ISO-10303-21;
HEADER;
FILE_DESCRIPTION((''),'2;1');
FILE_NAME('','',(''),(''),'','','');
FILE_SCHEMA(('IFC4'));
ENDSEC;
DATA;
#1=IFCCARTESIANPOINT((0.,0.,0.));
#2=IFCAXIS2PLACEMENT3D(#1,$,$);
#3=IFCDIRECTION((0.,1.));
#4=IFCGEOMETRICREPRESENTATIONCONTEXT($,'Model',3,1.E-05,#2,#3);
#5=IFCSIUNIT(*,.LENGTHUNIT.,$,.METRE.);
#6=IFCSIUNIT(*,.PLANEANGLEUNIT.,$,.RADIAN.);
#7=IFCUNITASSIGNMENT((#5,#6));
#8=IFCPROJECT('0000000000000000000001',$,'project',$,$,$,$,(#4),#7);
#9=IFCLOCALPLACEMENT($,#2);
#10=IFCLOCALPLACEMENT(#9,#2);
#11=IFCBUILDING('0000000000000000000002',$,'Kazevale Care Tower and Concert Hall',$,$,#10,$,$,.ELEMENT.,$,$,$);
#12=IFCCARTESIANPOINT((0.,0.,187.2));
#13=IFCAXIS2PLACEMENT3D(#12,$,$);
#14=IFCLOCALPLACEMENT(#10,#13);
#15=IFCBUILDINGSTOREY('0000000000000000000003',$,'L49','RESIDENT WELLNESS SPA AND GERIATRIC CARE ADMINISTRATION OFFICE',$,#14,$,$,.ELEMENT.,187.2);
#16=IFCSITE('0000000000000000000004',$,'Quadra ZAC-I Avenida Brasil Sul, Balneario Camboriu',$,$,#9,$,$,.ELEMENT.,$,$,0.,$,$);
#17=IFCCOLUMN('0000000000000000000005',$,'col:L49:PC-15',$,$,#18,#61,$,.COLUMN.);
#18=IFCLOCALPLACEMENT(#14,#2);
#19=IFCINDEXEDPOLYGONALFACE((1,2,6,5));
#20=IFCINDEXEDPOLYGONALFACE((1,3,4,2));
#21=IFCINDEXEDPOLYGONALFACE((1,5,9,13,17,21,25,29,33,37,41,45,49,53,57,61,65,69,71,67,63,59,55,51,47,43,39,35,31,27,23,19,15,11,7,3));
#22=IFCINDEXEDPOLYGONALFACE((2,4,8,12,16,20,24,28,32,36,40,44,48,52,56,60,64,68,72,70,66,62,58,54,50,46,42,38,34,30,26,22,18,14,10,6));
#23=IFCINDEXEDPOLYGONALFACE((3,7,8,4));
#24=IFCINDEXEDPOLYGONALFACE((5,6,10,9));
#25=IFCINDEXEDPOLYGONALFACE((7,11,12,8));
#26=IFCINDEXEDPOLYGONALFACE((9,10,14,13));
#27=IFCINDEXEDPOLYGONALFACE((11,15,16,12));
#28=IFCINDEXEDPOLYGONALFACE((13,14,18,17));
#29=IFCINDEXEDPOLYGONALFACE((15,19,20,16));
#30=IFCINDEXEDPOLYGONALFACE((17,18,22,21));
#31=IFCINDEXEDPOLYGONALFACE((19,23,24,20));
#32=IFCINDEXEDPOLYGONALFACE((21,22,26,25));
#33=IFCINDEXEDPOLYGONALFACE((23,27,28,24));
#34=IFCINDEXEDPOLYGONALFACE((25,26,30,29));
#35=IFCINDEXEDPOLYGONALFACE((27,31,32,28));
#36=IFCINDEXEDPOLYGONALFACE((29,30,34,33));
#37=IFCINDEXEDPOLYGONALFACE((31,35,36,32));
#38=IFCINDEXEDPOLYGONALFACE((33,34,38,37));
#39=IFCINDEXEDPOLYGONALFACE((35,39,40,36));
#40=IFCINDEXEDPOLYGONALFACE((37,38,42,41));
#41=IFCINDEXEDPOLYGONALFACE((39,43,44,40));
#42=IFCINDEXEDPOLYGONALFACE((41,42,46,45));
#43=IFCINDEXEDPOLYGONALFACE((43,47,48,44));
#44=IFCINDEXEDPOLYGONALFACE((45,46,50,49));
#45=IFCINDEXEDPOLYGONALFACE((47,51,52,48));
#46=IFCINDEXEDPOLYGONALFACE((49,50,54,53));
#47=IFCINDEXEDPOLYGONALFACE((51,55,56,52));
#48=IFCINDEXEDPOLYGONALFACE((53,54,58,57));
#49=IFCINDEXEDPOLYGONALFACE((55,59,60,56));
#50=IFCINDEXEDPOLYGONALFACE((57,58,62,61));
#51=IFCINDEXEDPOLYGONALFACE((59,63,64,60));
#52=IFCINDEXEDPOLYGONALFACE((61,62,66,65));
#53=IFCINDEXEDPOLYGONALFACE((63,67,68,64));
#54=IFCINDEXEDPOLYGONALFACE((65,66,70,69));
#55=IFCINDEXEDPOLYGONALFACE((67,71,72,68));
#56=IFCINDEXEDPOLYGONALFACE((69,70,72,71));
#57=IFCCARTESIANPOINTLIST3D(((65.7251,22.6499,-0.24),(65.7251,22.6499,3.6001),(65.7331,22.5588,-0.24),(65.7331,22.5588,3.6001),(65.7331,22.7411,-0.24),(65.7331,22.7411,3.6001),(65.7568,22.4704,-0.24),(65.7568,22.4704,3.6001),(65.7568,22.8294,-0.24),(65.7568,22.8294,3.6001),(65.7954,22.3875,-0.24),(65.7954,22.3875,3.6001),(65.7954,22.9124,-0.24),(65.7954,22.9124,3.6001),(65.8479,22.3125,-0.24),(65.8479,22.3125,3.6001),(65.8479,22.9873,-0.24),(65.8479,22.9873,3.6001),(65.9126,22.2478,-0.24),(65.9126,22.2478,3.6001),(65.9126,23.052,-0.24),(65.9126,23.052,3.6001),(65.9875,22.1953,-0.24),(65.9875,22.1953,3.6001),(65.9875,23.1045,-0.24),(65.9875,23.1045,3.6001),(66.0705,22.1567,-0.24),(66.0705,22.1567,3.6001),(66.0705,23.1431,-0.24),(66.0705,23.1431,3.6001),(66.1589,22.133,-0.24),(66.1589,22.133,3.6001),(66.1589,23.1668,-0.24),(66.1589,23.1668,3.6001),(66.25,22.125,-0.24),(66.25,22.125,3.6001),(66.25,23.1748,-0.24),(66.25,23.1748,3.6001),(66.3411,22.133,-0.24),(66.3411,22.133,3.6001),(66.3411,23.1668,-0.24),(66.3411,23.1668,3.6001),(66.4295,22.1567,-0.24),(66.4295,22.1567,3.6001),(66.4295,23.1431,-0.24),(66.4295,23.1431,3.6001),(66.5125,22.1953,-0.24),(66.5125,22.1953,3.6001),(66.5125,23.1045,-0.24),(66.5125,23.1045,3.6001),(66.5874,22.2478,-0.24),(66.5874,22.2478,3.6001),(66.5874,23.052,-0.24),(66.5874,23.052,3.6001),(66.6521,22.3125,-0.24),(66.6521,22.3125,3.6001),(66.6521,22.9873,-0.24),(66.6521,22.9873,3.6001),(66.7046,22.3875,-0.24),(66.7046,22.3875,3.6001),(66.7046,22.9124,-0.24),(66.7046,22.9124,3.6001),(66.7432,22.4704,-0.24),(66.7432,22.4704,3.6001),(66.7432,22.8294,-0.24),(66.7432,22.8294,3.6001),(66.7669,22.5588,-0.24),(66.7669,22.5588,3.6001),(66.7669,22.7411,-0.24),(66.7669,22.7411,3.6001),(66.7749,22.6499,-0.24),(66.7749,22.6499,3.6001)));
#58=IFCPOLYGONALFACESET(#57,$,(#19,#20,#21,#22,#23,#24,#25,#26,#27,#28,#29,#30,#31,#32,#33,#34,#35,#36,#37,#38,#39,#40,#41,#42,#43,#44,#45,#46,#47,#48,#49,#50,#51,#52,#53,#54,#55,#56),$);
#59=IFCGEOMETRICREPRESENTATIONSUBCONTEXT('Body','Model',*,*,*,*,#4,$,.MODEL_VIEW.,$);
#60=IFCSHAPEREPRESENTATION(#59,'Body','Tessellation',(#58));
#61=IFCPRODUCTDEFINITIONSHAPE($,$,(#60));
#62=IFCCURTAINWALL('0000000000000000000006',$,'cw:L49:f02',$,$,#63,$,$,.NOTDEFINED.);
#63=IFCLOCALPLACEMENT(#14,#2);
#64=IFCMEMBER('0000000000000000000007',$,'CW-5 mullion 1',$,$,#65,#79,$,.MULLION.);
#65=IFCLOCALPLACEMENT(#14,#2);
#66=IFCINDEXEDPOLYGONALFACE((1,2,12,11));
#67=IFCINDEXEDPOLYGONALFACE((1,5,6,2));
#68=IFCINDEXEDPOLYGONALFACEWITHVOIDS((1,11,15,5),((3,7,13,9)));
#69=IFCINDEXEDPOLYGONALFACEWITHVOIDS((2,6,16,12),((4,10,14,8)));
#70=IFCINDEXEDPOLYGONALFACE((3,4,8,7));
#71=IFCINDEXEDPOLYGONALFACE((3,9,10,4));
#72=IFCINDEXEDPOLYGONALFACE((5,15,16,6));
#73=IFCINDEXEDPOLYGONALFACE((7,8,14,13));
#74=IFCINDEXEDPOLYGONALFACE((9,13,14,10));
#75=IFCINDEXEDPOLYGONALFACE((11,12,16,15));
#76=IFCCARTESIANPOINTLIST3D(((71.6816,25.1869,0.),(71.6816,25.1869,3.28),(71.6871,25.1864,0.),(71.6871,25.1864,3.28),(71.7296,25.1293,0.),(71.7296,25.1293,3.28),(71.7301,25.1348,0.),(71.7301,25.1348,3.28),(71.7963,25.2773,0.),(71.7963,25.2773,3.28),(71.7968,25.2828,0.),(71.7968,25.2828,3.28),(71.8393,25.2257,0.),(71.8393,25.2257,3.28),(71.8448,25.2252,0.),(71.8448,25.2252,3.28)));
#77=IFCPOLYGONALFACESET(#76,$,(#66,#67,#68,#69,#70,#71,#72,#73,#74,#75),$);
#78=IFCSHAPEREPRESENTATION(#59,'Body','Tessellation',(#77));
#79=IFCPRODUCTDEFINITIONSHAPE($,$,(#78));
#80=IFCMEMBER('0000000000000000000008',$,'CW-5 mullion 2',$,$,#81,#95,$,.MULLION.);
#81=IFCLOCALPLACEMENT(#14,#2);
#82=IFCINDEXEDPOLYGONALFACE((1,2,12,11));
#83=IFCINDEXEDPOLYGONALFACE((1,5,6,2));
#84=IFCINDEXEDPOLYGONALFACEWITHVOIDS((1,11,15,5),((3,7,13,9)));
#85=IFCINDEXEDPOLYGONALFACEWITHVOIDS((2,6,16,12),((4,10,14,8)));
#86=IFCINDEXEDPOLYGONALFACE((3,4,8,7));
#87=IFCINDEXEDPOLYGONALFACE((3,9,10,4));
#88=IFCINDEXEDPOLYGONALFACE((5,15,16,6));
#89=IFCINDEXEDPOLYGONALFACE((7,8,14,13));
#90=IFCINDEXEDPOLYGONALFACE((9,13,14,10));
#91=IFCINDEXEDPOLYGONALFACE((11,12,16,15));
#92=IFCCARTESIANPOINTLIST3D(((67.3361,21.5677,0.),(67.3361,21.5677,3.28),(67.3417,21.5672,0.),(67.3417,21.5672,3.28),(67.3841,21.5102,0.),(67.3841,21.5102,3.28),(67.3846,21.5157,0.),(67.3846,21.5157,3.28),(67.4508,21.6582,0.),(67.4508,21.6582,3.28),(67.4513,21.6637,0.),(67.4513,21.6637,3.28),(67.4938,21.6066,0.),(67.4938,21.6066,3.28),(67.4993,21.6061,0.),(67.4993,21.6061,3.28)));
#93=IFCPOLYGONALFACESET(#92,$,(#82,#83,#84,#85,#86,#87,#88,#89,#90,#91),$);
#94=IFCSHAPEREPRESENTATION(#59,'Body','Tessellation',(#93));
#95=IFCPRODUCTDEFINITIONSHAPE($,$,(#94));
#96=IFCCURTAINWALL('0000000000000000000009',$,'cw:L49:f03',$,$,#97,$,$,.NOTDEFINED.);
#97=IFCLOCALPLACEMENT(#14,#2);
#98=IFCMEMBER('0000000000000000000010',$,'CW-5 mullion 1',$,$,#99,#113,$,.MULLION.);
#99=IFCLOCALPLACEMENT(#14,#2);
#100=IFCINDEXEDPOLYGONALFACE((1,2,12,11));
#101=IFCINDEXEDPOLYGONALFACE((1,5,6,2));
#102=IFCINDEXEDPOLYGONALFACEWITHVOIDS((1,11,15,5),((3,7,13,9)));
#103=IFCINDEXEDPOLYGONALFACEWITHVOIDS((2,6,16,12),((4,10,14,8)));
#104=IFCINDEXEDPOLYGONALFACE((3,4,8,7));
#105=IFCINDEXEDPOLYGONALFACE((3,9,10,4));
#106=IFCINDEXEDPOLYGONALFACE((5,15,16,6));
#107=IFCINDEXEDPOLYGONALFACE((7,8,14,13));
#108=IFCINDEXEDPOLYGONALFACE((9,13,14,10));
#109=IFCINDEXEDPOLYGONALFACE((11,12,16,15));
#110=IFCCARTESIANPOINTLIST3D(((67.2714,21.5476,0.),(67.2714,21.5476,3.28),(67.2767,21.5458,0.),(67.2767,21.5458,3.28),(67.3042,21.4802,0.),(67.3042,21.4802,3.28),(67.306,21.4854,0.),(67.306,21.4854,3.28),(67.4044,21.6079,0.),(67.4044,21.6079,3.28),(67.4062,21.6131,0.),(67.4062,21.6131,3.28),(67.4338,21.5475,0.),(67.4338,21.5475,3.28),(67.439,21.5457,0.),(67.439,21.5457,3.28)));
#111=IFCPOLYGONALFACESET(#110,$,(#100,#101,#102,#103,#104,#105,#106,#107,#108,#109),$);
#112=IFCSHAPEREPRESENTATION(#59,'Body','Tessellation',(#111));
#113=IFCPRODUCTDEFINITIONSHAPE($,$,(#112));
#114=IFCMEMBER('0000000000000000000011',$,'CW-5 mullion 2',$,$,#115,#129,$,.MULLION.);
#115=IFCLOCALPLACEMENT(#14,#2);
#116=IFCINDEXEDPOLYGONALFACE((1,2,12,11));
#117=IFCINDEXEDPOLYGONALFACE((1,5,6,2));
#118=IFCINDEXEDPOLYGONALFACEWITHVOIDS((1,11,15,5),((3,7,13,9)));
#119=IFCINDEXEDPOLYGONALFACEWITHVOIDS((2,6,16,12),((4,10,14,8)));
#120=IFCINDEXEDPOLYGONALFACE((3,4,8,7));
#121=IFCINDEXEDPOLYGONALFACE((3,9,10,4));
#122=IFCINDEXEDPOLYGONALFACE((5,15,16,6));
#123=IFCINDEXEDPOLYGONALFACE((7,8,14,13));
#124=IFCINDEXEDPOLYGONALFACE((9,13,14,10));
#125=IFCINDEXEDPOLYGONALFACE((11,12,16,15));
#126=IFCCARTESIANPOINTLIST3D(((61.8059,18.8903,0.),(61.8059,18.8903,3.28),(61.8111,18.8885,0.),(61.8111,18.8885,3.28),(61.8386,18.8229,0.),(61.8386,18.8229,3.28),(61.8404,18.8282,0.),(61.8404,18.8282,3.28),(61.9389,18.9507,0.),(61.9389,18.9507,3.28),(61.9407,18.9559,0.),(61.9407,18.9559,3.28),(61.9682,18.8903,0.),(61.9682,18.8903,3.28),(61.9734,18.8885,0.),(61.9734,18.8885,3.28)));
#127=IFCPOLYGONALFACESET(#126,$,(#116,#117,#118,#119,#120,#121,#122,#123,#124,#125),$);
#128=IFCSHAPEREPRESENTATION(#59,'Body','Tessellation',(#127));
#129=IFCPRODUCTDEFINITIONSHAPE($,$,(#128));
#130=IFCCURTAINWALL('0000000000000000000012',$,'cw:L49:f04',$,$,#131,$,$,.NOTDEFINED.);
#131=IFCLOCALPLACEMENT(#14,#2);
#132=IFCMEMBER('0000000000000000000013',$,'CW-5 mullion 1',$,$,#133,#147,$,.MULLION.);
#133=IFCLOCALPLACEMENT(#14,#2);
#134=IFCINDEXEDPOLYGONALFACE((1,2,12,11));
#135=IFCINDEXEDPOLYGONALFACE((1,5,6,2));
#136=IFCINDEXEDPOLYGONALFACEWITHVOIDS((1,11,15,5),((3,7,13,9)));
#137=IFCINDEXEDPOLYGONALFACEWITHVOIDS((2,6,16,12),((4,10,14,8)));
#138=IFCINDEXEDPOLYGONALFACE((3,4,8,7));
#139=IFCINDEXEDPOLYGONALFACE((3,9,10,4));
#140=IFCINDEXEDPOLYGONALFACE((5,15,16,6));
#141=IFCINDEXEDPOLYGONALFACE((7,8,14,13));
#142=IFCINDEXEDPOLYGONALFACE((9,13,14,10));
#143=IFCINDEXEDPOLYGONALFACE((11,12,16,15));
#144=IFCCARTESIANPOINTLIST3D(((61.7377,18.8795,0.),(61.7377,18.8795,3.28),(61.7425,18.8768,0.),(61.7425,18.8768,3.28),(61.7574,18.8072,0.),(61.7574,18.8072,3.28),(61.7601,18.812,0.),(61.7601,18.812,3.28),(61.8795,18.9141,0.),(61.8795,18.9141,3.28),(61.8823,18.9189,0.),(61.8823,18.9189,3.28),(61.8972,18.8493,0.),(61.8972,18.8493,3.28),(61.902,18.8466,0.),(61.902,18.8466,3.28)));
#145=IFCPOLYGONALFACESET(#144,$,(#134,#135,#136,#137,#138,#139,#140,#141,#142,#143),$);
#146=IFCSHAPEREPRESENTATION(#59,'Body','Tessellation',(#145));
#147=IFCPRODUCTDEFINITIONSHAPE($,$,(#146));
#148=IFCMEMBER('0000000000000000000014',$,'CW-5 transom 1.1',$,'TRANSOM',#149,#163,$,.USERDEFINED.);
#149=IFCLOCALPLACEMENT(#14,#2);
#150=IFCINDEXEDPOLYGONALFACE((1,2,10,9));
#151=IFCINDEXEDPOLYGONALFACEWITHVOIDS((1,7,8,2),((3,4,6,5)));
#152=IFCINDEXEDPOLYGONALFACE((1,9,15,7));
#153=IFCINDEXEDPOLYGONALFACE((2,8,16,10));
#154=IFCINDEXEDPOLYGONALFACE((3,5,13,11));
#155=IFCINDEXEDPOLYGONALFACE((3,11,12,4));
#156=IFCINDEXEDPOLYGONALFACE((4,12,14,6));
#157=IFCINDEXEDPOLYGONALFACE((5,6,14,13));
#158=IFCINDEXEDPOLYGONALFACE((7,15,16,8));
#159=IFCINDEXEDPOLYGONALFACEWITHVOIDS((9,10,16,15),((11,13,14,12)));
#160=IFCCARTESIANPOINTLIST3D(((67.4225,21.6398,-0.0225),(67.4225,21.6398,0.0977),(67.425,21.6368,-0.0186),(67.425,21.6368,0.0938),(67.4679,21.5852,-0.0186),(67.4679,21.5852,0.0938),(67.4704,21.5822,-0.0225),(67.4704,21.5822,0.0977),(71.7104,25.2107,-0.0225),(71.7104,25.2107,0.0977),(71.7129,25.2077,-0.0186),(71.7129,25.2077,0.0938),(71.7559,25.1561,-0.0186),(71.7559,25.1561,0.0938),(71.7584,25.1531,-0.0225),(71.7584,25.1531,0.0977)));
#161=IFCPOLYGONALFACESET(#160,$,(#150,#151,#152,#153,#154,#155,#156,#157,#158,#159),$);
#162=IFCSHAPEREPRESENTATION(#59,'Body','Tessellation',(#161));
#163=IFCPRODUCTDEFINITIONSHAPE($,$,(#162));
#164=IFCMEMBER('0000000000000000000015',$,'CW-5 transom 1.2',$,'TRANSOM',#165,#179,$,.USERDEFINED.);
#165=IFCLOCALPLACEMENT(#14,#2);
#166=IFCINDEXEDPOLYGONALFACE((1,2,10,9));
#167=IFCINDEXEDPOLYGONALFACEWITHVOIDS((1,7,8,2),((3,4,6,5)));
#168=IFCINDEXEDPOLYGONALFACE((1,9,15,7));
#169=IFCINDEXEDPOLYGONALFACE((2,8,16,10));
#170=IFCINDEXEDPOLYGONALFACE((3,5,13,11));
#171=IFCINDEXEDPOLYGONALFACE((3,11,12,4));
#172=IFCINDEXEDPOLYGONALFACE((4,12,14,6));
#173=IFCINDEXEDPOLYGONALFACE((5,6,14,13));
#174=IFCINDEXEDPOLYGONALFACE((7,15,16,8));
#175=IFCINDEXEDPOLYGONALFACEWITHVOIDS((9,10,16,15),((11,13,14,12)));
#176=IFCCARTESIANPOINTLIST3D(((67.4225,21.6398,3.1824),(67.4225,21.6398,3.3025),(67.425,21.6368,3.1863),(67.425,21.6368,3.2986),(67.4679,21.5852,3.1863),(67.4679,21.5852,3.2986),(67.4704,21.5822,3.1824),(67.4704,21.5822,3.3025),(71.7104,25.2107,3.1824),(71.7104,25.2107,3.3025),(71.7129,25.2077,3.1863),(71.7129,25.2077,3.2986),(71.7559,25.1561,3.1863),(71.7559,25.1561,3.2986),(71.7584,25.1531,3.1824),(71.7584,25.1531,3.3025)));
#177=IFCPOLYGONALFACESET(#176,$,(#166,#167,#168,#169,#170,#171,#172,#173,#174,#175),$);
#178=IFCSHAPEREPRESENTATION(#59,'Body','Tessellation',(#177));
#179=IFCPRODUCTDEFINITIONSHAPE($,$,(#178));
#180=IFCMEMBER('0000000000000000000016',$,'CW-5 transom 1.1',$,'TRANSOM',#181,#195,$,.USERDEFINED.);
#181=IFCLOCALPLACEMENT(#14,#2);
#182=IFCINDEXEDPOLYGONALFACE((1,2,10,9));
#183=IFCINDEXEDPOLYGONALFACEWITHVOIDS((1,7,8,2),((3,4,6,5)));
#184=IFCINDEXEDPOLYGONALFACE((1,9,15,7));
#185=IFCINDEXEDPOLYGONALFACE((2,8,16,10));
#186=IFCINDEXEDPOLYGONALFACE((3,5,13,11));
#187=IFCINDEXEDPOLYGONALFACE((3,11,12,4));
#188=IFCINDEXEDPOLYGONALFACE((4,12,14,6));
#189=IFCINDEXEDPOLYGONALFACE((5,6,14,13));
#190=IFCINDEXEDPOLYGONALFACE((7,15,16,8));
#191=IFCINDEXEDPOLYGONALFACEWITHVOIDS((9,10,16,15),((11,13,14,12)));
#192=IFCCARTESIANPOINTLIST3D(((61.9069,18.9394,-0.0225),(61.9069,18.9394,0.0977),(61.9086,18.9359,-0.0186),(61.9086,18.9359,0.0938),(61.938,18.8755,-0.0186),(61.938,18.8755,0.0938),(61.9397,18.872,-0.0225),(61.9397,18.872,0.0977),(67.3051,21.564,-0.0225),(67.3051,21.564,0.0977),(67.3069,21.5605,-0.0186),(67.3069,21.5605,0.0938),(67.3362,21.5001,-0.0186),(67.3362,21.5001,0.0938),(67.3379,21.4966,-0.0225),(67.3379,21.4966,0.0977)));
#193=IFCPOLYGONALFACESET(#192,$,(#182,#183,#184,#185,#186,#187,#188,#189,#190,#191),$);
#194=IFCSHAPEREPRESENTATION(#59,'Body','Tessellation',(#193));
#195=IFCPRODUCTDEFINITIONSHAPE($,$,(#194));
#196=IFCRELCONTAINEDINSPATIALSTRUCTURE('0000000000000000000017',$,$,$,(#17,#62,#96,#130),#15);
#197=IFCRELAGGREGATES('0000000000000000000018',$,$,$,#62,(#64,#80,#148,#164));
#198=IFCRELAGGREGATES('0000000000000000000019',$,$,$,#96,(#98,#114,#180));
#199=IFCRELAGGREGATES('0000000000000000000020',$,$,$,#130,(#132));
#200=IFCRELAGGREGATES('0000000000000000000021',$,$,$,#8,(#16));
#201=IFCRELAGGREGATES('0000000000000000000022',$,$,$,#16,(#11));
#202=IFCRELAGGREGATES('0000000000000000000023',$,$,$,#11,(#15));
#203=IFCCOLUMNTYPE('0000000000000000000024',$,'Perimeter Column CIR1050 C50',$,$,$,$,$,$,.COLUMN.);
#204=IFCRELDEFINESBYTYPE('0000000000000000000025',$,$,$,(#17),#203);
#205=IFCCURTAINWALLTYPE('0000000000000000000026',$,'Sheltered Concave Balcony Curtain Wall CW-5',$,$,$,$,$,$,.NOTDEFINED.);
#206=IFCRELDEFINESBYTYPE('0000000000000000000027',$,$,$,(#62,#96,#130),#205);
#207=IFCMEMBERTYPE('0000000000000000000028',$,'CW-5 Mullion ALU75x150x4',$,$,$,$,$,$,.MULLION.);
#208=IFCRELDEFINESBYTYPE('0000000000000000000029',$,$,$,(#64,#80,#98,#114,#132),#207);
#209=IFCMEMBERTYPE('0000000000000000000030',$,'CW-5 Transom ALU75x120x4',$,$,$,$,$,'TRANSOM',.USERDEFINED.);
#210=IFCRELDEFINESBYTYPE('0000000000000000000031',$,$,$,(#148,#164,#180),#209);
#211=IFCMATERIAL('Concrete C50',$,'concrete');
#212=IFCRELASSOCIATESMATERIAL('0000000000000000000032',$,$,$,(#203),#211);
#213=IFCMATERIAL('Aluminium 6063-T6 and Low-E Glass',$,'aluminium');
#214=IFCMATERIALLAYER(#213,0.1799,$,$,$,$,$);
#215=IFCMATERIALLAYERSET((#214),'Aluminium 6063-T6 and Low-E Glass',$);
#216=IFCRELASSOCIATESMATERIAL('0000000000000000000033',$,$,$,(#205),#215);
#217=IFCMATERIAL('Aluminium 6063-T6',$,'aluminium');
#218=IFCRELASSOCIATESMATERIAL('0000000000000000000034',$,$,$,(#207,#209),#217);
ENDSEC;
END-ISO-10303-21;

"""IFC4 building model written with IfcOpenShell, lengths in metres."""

from ifc_helpers import new_model, si_unit, direction, frame, origin, origin_2d, place, context, subcontext, project, spatial, hollow_rectangle, circle, extrude, material, layer, layer_set, material_profile, profile_set, type_object, element, aggregate, save


model = new_model("IFC4")

# Units and contexts
model_context = context("Model", 3, precision=1e-05, world=origin(), true_north=direction((0.0, 1.0)))
body_context = subcontext(model_context, "Body", "Model", "MODEL_VIEW")
ifc_project = project(units=[si_unit("LENGTHUNIT", "METRE"), si_unit("PLANEANGLEUNIT", "RADIAN")], contexts=[model_context])

# Site, building, storey
site_placement = place(None, origin())
site = spatial("IfcSite", under=ifc_project, at=site_placement, Name="Quadra ZAC-I Avenida Brasil Sul, Balneario Camboriu", CompositionType="ELEMENT", RefElevation=0.0)
building_placement = place(site_placement, origin())
building = spatial("IfcBuilding", under=site, at=building_placement, Name="Kazevale Care Tower and Concert Hall", CompositionType="ELEMENT")
storey_placement = place(building_placement, frame((0.0, 0.0, 187.2)))
storey = spatial("IfcBuildingStorey", under=building, at=storey_placement, Name="L49", Description="RESIDENT WELLNESS SPA AND GERIATRIC CARE ADMINISTRATION OFFICE", CompositionType="ELEMENT", Elevation=187.2)

# Column
ifc_material_1 = material(Name="Concrete C50", Category="concrete")
ifc_material_profile_1 = material_profile(ifc_material_1, circle(Radius=0.5249, at=origin_2d()), Name="RC-CIR1050")
ifc_profile_set_1 = profile_set([ifc_material_profile_1], Name="Concrete C50")
column_type = type_object("IfcColumnType", Name="Perimeter Column CIR1050 C50", PredefinedType="COLUMN", material=ifc_profile_set_1)
column_placement = place(storey_placement, frame((66.25, 22.6499, -0.24), z_axis=(0.0, 0.0, 1.0), x_axis=(1.0, 0.0, 0.0)))
element("IfcColumn", 1, at=column_placement, inside=storey, type_object=column_type, Name="col:L49:PC-15", PredefinedType="COLUMN", context=body_context, shape_type="SweptSolid", body=[
    extrude(circle(Radius=0.5249, at=origin_2d()), origin(), (0.0, 0.0, 1.0), 3.8401),
])

# Curtain walls, members
ifc_material_2 = material(Name="Aluminium 6063-T6 and Low-E Glass", Category="aluminium")
ifc_layer_1 = layer(ifc_material_2, 0.1799)
ifc_layer_set_1 = layer_set([ifc_layer_1], Name="Aluminium 6063-T6 and Low-E Glass")
curtain_wall_type = type_object("IfcCurtainWallType", Name="Sheltered Concave Balcony Curtain Wall CW-5", PredefinedType="NOTDEFINED", material=ifc_layer_set_1)
curtain_wall_1_placement = place(storey_placement, origin())
curtain_wall_1 = element("IfcCurtainWall", 2, at=curtain_wall_1_placement, inside=storey, type_object=curtain_wall_type, Name="cw:L49:f02", PredefinedType="NOTDEFINED")
ifc_material_3 = material(Name="Aluminium 6063-T6", Category="aluminium")
ifc_material_profile_2 = material_profile(ifc_material_3, hollow_rectangle(XDim=0.075, YDim=0.1499, WallThickness=0.0039, at=origin_2d()), Name="ALU75x150x4")
ifc_profile_set_2 = profile_set([ifc_material_profile_2], Name="Aluminium 6063-T6")
member_type_1 = type_object("IfcMemberType", Name="CW-5 Mullion ALU75x150x4", PredefinedType="MULLION", material=ifc_profile_set_2)
member_1_placement = place(storey_placement, frame((71.7632, 25.2061, 0.0), z_axis=(0.0, 0.0, 1.0), x_axis=(0.639961, -0.768407, 0.0)))
member_1 = element("IfcMember", 3, at=member_1_placement, type_object=member_type_1, Name="CW-5 mullion 1", PredefinedType="MULLION", context=body_context, shape_type="SweptSolid", body=[
    extrude(hollow_rectangle(XDim=0.075, YDim=0.1499, WallThickness=0.0039, at=origin_2d()), origin(), (0.0, 0.0, 1.0), 3.28),
])
member_2_placement = place(storey_placement, frame((67.4177, 21.5869, 0.0), z_axis=(0.0, 0.0, 1.0), x_axis=(0.639961, -0.768407, 0.0)))
member_2 = element("IfcMember", 4, at=member_2_placement, type_object=member_type_1, Name="CW-5 mullion 2", PredefinedType="MULLION", context=body_context, shape_type="SweptSolid", body=[
    extrude(hollow_rectangle(XDim=0.075, YDim=0.1499, WallThickness=0.0039, at=origin_2d()), origin(), (0.0, 0.0, 1.0), 3.28),
])
curtain_wall_2_placement = place(storey_placement, origin())
curtain_wall_2 = element("IfcCurtainWall", 5, at=curtain_wall_2_placement, inside=storey, type_object=curtain_wall_type, Name="cw:L49:f03", PredefinedType="NOTDEFINED")
member_3_placement = place(storey_placement, frame((67.3552, 21.5466, 0.0), z_axis=(0.0, 0.0, 1.0), x_axis=(0.437238, -0.899346, 0.0)))
member_3 = element("IfcMember", 6, at=member_3_placement, type_object=member_type_1, Name="CW-5 mullion 1", PredefinedType="MULLION", context=body_context, shape_type="SweptSolid", body=[
    extrude(hollow_rectangle(XDim=0.075, YDim=0.1499, WallThickness=0.0039, at=origin_2d()), origin(), (0.0, 0.0, 1.0), 3.28),
])
member_4_placement = place(storey_placement, frame((61.8896, 18.8894, 0.0), z_axis=(0.0, 0.0, 1.0), x_axis=(0.437238, -0.899346, 0.0)))
member_4 = element("IfcMember", 7, at=member_4_placement, type_object=member_type_1, Name="CW-5 mullion 2", PredefinedType="MULLION", context=body_context, shape_type="SweptSolid", body=[
    extrude(hollow_rectangle(XDim=0.075, YDim=0.1499, WallThickness=0.0039, at=origin_2d()), origin(), (0.0, 0.0, 1.0), 3.28),
])

# Curtain wall, member
curtain_wall_3_placement = place(storey_placement, origin())
curtain_wall_3 = element("IfcCurtainWall", 8, at=curtain_wall_3_placement, inside=storey, type_object=curtain_wall_type, Name="cw:L49:f04", PredefinedType="NOTDEFINED")
member_5_placement = place(storey_placement, frame((61.8198, 18.863, 0.0), z_axis=(0.0, 0.0, 1.0), x_axis=(0.262849, -0.964837, 0.0)))
member_5 = element("IfcMember", 9, at=member_5_placement, type_object=member_type_1, Name="CW-5 mullion 1", PredefinedType="MULLION", context=body_context, shape_type="SweptSolid", body=[
    extrude(hollow_rectangle(XDim=0.075, YDim=0.1499, WallThickness=0.0039, at=origin_2d()), origin(), (0.0, 0.0, 1.0), 3.28),
])

# Members
ifc_material_profile_3 = material_profile(ifc_material_3, hollow_rectangle(XDim=0.075, YDim=0.1201, WallThickness=0.0039, at=origin_2d()), Name="ALU75x120x4")
ifc_profile_set_3 = profile_set([ifc_material_profile_3], Name="Aluminium 6063-T6")
member_type_2 = type_object("IfcMemberType", Name="CW-5 Transom ALU75x120x4", ElementType="TRANSOM", PredefinedType="USERDEFINED", material=ifc_profile_set_3)
member_6_placement = place(storey_placement, frame((71.7344, 25.1819, 0.0376), z_axis=(-0.768433, -0.63993, 0.0), x_axis=(0.63993, -0.768433, 0.0)))
member_6 = element("IfcMember", 10, at=member_6_placement, type_object=member_type_2, Name="CW-5 transom 1.1", ObjectType="TRANSOM", PredefinedType="USERDEFINED", context=body_context, shape_type="SweptSolid", body=[
    extrude(hollow_rectangle(XDim=0.075, YDim=0.1201, WallThickness=0.0039, at=origin_2d()), origin(), (0.0, 0.0, 1.0), 5.5801),
])
member_7_placement = place(storey_placement, frame((71.7344, 25.1819, 3.2424), z_axis=(-0.768433, -0.63993, 0.0), x_axis=(0.63993, -0.768433, 0.0)))
member_7 = element("IfcMember", 11, at=member_7_placement, type_object=member_type_2, Name="CW-5 transom 1.2", ObjectType="TRANSOM", PredefinedType="USERDEFINED", context=body_context, shape_type="SweptSolid", body=[
    extrude(hollow_rectangle(XDim=0.075, YDim=0.1201, WallThickness=0.0039, at=origin_2d()), origin(), (0.0, 0.0, 1.0), 5.5801),
])
member_8_placement = place(storey_placement, frame((67.3215, 21.5303, 0.0376), z_axis=(-0.899342, -0.437245, 0.0), x_axis=(0.437245, -0.899342, 0.0)))
member_8 = element("IfcMember", 12, at=member_8_placement, type_object=member_type_2, Name="CW-5 transom 1.1", ObjectType="TRANSOM", PredefinedType="USERDEFINED", context=body_context, shape_type="SweptSolid", body=[
    extrude(hollow_rectangle(XDim=0.075, YDim=0.1201, WallThickness=0.0039, at=origin_2d()), origin(), (0.0, 0.0, 1.0), 6.0024),
])

aggregate(curtain_wall_1, [member_1, member_2, member_6, member_7])
aggregate(curtain_wall_2, [member_3, member_4, member_8])
aggregate(curtain_wall_3, [member_5])

save(model, "model.ifc")
